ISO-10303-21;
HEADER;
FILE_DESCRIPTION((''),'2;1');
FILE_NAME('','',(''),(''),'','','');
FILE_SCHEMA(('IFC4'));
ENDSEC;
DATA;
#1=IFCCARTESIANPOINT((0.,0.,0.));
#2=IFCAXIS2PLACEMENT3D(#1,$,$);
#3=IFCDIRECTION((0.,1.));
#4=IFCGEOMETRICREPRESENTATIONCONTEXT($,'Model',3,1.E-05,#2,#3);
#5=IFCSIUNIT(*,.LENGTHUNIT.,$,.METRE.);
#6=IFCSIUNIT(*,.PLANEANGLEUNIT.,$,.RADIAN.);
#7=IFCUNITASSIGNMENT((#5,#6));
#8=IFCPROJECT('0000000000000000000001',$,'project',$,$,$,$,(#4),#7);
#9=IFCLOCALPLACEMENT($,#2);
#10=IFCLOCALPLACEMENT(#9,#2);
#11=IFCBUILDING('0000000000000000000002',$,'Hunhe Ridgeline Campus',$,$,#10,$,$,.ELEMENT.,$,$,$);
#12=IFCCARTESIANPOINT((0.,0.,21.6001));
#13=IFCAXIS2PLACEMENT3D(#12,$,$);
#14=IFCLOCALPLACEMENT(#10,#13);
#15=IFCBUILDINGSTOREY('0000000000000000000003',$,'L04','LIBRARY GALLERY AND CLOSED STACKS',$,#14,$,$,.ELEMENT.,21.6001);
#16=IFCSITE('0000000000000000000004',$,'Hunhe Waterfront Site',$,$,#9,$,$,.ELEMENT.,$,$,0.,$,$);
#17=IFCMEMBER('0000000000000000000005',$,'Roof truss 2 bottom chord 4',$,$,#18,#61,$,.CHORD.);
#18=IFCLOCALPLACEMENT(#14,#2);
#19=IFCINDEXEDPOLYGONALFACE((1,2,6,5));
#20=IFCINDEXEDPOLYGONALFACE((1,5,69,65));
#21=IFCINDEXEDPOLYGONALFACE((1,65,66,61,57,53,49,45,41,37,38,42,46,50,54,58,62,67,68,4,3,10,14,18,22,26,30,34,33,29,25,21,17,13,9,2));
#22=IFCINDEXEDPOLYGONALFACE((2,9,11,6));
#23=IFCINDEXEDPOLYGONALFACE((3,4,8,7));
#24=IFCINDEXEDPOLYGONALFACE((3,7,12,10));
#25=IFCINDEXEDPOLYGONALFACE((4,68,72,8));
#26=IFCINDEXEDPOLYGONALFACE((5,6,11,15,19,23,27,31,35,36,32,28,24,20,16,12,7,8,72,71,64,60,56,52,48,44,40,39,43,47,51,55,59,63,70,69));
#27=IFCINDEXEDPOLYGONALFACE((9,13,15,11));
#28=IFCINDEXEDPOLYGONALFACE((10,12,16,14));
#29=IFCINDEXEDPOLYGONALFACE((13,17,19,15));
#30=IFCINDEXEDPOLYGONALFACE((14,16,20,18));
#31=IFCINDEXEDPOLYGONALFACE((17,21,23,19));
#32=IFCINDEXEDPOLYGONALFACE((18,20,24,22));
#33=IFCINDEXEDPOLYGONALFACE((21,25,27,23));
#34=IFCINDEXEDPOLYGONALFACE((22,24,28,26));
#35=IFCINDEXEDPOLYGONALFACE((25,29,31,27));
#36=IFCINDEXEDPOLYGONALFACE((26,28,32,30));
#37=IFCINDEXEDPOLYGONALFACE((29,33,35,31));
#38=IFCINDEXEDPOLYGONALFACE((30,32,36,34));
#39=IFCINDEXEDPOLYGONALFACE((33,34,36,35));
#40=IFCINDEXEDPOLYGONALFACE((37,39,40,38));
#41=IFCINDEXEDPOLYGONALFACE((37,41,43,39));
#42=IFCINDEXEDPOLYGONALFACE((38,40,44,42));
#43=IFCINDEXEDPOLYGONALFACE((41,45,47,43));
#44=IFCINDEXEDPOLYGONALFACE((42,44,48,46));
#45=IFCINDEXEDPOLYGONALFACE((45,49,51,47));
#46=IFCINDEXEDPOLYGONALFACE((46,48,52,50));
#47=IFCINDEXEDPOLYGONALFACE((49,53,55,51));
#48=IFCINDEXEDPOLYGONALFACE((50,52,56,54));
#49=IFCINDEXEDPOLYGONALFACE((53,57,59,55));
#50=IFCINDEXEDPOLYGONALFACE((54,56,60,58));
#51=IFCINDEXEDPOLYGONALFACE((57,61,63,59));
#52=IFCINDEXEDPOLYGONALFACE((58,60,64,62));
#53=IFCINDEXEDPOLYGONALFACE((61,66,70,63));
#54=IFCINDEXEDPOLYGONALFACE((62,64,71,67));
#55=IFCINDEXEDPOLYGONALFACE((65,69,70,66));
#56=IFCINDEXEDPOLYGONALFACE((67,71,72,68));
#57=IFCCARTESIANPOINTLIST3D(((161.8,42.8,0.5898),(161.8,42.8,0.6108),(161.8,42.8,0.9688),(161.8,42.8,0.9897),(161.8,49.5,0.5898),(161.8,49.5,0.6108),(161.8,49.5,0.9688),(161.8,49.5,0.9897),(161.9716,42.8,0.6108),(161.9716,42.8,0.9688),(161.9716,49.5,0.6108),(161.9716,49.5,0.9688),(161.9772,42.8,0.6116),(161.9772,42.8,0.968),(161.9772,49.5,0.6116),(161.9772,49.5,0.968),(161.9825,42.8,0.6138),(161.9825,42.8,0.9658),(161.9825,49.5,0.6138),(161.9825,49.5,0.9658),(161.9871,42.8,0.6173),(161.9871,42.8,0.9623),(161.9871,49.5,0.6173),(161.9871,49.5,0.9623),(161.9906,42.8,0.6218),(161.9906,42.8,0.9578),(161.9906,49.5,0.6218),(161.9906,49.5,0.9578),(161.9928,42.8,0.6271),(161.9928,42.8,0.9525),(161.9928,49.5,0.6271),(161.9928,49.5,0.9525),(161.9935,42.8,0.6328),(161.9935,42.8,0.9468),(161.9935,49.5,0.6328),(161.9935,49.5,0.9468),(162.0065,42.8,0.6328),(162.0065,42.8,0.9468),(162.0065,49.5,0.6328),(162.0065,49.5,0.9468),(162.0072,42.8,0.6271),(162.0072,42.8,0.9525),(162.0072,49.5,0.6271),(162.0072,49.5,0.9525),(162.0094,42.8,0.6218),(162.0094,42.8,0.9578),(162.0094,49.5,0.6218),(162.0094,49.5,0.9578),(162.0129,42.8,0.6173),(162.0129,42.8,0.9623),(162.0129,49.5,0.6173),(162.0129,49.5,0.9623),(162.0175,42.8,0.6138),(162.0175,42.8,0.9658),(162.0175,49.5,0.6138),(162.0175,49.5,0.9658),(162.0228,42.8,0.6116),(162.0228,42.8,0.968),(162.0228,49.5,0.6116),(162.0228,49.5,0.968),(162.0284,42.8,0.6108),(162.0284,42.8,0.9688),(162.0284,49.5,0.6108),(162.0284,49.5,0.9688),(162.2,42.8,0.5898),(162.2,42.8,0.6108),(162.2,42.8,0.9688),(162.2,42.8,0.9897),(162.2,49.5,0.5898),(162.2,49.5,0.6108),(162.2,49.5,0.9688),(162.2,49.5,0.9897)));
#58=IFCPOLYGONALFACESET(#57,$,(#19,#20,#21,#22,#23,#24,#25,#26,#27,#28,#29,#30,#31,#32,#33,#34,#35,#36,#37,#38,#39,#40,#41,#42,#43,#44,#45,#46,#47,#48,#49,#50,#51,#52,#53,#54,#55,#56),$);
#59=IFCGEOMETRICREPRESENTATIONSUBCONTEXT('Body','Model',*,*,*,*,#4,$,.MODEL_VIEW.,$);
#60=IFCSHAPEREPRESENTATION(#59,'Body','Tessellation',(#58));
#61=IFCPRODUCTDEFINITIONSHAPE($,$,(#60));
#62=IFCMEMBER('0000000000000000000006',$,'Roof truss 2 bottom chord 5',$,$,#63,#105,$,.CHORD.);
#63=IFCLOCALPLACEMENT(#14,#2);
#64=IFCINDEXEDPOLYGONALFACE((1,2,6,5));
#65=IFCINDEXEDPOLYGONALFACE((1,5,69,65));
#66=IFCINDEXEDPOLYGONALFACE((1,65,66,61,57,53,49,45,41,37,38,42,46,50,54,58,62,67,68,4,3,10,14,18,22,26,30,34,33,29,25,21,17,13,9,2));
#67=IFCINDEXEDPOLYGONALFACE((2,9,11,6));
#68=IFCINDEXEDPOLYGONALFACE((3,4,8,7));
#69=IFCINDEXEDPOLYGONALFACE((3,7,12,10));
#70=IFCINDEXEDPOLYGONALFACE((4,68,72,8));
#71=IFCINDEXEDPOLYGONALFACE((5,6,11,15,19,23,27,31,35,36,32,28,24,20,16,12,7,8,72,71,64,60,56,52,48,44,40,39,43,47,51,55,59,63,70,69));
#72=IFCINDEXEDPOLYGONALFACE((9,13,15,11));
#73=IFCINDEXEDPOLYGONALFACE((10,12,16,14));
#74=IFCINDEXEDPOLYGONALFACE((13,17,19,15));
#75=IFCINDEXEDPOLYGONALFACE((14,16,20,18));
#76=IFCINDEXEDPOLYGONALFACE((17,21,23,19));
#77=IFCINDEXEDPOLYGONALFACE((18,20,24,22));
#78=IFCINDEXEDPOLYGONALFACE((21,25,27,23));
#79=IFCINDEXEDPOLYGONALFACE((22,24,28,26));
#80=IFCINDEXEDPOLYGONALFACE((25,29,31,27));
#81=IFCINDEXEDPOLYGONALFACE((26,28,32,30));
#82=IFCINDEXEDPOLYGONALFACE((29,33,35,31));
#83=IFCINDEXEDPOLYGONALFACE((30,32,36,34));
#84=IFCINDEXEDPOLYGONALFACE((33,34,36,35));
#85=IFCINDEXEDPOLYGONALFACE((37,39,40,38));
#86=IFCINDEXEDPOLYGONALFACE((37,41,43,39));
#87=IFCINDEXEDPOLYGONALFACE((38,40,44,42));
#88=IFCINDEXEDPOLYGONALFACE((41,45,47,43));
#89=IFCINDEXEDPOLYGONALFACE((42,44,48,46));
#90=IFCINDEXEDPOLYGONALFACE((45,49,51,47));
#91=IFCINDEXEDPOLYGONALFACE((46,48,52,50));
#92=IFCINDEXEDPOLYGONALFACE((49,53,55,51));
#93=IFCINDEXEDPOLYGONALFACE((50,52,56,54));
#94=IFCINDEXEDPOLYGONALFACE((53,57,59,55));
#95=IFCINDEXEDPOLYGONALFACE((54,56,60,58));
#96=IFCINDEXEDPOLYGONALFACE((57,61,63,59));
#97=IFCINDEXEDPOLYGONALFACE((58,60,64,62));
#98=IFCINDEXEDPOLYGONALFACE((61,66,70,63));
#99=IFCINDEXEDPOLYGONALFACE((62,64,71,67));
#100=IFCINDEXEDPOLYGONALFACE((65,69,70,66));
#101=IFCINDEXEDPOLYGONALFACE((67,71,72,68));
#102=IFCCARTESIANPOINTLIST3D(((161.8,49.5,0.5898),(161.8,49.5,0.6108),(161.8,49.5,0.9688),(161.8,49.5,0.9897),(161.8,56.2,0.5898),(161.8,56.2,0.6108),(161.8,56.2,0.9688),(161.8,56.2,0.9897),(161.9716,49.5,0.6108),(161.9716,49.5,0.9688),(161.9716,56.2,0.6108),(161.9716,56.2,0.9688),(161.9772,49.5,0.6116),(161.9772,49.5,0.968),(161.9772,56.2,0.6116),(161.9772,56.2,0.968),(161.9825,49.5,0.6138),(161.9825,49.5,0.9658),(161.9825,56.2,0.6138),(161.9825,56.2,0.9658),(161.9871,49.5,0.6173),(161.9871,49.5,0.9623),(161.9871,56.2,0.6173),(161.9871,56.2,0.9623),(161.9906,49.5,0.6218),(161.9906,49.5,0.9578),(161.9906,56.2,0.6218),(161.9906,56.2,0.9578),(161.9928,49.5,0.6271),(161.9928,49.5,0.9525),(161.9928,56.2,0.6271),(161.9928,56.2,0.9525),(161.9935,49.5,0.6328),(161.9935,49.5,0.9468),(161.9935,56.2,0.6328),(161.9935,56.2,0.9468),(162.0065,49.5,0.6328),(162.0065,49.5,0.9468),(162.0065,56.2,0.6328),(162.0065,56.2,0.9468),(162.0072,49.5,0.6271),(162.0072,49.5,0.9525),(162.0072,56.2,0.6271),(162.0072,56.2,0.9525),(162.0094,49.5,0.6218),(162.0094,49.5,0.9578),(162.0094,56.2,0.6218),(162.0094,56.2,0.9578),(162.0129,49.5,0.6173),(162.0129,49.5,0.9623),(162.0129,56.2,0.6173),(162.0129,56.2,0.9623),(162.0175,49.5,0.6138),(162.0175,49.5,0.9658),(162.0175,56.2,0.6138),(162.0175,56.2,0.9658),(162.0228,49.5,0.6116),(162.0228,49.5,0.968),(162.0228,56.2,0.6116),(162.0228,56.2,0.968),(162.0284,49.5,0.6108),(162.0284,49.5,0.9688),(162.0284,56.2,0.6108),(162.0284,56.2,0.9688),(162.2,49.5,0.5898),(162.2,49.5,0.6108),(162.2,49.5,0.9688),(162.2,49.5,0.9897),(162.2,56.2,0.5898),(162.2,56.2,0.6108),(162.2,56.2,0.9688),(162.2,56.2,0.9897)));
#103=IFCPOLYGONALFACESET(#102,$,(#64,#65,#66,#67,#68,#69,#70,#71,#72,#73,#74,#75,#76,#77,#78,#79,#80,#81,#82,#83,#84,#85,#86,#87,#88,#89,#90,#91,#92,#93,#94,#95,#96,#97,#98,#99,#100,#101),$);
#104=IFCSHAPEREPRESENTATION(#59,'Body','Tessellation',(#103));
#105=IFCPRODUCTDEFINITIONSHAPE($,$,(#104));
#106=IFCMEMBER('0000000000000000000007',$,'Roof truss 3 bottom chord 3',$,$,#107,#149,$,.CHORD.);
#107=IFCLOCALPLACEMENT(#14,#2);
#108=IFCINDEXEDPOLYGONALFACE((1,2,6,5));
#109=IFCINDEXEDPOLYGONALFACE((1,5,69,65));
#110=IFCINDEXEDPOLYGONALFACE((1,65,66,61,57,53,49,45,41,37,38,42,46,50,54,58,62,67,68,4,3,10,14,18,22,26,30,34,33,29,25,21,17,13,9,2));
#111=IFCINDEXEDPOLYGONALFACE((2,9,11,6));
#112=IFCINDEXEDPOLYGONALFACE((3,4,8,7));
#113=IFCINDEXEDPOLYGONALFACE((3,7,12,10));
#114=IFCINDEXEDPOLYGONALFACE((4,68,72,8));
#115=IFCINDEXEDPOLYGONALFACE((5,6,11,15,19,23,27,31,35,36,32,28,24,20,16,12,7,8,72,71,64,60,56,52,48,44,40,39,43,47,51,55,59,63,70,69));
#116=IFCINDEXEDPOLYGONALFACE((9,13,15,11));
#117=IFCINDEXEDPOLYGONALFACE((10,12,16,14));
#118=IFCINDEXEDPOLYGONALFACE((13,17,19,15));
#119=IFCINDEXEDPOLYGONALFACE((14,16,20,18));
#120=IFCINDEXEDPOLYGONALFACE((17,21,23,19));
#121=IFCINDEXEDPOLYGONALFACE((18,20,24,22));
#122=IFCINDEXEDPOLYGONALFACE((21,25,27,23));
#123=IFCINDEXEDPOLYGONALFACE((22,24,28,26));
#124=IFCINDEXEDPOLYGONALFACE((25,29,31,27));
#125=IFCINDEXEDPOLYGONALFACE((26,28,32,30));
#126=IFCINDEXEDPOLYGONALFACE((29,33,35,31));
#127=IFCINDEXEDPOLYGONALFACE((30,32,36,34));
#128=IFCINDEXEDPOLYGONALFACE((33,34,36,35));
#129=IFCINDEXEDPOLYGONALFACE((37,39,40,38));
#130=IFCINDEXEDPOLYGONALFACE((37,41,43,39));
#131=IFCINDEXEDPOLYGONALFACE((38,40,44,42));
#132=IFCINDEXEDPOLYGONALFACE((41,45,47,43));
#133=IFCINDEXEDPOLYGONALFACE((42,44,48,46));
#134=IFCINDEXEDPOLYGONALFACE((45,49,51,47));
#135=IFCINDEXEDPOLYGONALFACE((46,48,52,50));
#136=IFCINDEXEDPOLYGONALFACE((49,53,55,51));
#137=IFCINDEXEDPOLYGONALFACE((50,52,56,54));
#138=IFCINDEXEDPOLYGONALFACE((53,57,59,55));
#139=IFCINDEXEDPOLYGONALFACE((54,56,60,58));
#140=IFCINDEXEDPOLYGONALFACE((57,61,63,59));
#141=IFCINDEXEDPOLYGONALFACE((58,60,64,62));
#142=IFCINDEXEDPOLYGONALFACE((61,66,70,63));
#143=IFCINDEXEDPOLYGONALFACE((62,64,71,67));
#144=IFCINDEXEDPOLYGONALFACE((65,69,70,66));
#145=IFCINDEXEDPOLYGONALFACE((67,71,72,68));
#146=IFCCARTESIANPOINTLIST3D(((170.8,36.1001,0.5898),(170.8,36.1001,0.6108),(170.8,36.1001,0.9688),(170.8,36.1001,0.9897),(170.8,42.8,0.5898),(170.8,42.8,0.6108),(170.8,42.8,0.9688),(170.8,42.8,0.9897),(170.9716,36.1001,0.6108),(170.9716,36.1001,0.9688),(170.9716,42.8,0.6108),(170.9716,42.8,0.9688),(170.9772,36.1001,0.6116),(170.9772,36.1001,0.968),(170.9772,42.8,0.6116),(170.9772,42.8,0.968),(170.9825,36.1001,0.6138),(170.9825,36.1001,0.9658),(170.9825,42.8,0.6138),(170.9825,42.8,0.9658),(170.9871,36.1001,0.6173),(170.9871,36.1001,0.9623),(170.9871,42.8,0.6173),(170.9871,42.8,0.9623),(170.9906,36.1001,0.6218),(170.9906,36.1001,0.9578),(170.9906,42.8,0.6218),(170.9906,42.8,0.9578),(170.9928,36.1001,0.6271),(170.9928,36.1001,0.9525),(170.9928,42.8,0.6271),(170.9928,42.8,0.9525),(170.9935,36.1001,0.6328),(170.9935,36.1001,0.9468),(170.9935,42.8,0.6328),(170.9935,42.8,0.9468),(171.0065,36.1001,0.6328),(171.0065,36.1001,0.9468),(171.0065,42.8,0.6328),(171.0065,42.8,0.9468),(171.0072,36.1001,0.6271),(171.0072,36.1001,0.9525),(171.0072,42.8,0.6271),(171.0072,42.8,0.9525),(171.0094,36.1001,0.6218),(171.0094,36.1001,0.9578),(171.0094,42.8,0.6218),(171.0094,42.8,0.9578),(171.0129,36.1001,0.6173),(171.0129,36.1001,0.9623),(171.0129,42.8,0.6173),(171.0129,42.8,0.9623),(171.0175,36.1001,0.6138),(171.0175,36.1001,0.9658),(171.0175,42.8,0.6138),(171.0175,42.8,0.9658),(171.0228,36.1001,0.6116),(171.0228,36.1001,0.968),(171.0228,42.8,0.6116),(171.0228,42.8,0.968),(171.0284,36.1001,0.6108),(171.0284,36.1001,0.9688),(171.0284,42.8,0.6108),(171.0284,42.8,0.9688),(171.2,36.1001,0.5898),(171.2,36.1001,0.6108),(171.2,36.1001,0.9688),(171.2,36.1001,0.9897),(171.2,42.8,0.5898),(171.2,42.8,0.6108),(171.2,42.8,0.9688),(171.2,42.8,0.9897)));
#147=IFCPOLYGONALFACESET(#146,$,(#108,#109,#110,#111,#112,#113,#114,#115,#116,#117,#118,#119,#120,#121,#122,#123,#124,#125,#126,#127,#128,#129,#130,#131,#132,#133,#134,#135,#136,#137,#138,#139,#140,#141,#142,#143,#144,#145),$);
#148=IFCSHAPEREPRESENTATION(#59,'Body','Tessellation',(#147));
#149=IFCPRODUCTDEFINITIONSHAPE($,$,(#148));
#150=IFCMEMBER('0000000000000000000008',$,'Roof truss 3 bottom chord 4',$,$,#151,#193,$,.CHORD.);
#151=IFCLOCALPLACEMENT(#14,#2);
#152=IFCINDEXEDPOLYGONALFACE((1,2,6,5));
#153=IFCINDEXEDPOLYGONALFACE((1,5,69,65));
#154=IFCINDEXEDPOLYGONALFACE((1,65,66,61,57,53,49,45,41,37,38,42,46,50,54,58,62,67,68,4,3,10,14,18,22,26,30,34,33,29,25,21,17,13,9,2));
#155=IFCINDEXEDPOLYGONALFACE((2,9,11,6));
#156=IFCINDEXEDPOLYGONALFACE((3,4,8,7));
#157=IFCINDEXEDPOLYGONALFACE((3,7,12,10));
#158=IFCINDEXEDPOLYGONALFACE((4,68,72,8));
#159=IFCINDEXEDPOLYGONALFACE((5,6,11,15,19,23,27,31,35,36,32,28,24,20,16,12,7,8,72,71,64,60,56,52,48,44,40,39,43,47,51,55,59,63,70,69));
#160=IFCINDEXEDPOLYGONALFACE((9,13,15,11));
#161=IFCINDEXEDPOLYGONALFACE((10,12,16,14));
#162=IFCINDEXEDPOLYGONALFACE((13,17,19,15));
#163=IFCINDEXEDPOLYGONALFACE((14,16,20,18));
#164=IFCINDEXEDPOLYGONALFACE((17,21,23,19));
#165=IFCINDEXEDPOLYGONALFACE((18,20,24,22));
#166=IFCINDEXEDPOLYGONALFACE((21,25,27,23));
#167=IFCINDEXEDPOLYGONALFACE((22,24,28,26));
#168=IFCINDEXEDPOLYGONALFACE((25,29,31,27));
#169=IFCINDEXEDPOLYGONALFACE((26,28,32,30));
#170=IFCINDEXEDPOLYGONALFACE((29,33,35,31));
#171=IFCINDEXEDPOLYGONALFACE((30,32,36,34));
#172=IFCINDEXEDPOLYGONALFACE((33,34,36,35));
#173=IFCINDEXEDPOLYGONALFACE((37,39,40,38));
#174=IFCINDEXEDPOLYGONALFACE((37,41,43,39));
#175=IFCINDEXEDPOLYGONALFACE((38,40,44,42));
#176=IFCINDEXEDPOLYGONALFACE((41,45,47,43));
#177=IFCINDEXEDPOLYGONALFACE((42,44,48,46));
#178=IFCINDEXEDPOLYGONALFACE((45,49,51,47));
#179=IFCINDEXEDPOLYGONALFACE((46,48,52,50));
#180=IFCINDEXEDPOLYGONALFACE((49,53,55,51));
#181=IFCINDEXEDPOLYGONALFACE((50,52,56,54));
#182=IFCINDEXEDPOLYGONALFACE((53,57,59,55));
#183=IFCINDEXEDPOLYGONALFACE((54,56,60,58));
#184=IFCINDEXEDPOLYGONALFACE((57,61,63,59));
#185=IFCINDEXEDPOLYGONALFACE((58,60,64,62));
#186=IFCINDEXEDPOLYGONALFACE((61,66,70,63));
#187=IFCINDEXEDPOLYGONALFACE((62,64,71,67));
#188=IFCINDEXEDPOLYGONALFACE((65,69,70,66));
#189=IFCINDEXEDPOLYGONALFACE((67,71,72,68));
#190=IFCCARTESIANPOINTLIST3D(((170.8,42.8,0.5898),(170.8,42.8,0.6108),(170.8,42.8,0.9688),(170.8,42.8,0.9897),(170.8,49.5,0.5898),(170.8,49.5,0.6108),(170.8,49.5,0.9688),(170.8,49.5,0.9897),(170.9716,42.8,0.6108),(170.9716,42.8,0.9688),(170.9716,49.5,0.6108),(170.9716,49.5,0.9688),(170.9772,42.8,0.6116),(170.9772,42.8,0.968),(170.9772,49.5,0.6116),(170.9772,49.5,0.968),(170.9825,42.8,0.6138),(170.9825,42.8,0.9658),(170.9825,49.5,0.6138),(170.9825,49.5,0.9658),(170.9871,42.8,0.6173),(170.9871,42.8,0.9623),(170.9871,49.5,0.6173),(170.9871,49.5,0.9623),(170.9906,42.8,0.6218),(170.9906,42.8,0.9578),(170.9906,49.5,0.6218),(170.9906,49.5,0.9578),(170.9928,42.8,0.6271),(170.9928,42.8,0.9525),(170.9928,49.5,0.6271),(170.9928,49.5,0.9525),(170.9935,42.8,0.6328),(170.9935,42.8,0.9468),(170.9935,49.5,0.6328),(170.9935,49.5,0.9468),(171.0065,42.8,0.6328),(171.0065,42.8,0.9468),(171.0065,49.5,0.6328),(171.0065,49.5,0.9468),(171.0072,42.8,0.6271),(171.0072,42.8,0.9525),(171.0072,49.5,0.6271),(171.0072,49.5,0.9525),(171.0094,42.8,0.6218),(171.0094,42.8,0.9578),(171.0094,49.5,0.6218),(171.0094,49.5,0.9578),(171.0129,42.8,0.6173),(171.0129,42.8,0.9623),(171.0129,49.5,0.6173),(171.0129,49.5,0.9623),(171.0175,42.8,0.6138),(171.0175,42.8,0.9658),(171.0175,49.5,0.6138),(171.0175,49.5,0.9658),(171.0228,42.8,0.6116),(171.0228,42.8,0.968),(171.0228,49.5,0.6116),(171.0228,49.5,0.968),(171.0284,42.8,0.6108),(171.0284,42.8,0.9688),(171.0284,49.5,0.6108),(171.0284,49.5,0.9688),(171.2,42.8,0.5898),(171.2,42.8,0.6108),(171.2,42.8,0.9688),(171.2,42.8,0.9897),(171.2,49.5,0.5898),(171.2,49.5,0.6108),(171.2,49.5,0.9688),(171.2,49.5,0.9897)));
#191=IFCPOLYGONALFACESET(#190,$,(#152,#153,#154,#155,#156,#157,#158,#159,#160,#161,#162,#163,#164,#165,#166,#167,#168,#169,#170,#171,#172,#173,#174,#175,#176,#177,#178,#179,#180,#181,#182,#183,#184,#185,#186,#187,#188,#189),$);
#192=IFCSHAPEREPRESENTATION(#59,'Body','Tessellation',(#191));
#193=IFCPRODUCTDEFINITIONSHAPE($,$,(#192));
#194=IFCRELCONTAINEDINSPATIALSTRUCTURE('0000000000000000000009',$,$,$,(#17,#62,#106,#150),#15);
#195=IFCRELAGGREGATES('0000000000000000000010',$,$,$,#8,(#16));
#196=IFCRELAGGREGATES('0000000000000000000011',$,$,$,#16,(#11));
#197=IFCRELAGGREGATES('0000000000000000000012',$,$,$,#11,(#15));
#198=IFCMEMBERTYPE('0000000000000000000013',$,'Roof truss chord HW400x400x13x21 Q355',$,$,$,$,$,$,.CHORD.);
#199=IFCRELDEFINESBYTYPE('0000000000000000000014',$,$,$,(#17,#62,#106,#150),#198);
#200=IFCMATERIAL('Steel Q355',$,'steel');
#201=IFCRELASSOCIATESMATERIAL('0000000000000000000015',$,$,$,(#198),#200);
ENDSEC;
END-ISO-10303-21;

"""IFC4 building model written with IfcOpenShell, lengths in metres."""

from ifc_helpers import new_model, si_unit, direction, frame, origin, origin_2d, place, context, subcontext, project, spatial, i_section, extrude, material, material_profile, profile_set, type_object, element, save


model = new_model("IFC4")

# Units and contexts
model_context = context("Model", 3, precision=1e-05, world=origin(), true_north=direction((0.0, 1.0)))
body_context = subcontext(model_context, "Body", "Model", "MODEL_VIEW")
ifc_project = project(units=[si_unit("LENGTHUNIT", "METRE"), si_unit("PLANEANGLEUNIT", "RADIAN")], contexts=[model_context])

# Site, building, storey
site_placement = place(None, origin())
site = spatial("IfcSite", under=ifc_project, at=site_placement, Name="Hunhe Waterfront Site", CompositionType="ELEMENT", RefElevation=0.0)
building_placement = place(site_placement, origin())
building = spatial("IfcBuilding", under=site, at=building_placement, Name="Hunhe Ridgeline Campus", CompositionType="ELEMENT")
storey_placement = place(building_placement, frame((0.0, 0.0, 21.6001)))
storey = spatial("IfcBuildingStorey", under=building, at=storey_placement, Name="L04", Description="LIBRARY GALLERY AND CLOSED STACKS", CompositionType="ELEMENT", Elevation=21.6001)

# Members
ifc_material = material(Name="Steel Q355", Category="steel")
ifc_material_profile_1 = material_profile(ifc_material, i_section(OverallWidth=0.3999, OverallDepth=0.3999, WebThickness=0.0129, FlangeThickness=0.021, FilletRadius=0.022, at=origin_2d()))
ifc_profile_set_1 = profile_set([ifc_material_profile_1], Name="Steel Q355")
member_type_1 = type_object("IfcMemberType", Name="Roof truss chord HW400x400x13x21 Q355", PredefinedType="CHORD", material=ifc_profile_set_1)
for number, where, z_axis, x_axis, name in (
    (1, (162.0, 42.8, 0.7898), (0.0, 1.0, 0.0), (-1.0, 0.0, 0.0), "Roof truss 2 bottom chord 4"),
    (2, (162.0, 49.5, 0.7898), (0.0, 1.0, 0.0), (-1.0, 0.0, 0.0), "Roof truss 2 bottom chord 5"),
    (3, (171.0, 36.1001, 0.7898), (0.0, 1.0, 0.0), (-1.0, 0.0, 0.0), "Roof truss 3 bottom chord 3"),
    (4, (171.0, 42.8, 0.7898), (0.0, 1.0, 0.0), (-1.0, 0.0, 0.0), "Roof truss 3 bottom chord 4"),
):
    element("IfcMember", number, at=place(storey_placement, frame(where, z_axis=z_axis, x_axis=x_axis)), inside=storey, type_object=member_type_1, Name=name, PredefinedType="CHORD", context=body_context, shape_type="SweptSolid", body=[
        extrude(i_section(OverallWidth=0.3999, OverallDepth=0.3999, WebThickness=0.0129, FlangeThickness=0.021, FilletRadius=0.022, at=origin_2d()), origin(), (0.0, 0.0, 1.0), 6.7),
    ])

save(model, "model.ifc")
